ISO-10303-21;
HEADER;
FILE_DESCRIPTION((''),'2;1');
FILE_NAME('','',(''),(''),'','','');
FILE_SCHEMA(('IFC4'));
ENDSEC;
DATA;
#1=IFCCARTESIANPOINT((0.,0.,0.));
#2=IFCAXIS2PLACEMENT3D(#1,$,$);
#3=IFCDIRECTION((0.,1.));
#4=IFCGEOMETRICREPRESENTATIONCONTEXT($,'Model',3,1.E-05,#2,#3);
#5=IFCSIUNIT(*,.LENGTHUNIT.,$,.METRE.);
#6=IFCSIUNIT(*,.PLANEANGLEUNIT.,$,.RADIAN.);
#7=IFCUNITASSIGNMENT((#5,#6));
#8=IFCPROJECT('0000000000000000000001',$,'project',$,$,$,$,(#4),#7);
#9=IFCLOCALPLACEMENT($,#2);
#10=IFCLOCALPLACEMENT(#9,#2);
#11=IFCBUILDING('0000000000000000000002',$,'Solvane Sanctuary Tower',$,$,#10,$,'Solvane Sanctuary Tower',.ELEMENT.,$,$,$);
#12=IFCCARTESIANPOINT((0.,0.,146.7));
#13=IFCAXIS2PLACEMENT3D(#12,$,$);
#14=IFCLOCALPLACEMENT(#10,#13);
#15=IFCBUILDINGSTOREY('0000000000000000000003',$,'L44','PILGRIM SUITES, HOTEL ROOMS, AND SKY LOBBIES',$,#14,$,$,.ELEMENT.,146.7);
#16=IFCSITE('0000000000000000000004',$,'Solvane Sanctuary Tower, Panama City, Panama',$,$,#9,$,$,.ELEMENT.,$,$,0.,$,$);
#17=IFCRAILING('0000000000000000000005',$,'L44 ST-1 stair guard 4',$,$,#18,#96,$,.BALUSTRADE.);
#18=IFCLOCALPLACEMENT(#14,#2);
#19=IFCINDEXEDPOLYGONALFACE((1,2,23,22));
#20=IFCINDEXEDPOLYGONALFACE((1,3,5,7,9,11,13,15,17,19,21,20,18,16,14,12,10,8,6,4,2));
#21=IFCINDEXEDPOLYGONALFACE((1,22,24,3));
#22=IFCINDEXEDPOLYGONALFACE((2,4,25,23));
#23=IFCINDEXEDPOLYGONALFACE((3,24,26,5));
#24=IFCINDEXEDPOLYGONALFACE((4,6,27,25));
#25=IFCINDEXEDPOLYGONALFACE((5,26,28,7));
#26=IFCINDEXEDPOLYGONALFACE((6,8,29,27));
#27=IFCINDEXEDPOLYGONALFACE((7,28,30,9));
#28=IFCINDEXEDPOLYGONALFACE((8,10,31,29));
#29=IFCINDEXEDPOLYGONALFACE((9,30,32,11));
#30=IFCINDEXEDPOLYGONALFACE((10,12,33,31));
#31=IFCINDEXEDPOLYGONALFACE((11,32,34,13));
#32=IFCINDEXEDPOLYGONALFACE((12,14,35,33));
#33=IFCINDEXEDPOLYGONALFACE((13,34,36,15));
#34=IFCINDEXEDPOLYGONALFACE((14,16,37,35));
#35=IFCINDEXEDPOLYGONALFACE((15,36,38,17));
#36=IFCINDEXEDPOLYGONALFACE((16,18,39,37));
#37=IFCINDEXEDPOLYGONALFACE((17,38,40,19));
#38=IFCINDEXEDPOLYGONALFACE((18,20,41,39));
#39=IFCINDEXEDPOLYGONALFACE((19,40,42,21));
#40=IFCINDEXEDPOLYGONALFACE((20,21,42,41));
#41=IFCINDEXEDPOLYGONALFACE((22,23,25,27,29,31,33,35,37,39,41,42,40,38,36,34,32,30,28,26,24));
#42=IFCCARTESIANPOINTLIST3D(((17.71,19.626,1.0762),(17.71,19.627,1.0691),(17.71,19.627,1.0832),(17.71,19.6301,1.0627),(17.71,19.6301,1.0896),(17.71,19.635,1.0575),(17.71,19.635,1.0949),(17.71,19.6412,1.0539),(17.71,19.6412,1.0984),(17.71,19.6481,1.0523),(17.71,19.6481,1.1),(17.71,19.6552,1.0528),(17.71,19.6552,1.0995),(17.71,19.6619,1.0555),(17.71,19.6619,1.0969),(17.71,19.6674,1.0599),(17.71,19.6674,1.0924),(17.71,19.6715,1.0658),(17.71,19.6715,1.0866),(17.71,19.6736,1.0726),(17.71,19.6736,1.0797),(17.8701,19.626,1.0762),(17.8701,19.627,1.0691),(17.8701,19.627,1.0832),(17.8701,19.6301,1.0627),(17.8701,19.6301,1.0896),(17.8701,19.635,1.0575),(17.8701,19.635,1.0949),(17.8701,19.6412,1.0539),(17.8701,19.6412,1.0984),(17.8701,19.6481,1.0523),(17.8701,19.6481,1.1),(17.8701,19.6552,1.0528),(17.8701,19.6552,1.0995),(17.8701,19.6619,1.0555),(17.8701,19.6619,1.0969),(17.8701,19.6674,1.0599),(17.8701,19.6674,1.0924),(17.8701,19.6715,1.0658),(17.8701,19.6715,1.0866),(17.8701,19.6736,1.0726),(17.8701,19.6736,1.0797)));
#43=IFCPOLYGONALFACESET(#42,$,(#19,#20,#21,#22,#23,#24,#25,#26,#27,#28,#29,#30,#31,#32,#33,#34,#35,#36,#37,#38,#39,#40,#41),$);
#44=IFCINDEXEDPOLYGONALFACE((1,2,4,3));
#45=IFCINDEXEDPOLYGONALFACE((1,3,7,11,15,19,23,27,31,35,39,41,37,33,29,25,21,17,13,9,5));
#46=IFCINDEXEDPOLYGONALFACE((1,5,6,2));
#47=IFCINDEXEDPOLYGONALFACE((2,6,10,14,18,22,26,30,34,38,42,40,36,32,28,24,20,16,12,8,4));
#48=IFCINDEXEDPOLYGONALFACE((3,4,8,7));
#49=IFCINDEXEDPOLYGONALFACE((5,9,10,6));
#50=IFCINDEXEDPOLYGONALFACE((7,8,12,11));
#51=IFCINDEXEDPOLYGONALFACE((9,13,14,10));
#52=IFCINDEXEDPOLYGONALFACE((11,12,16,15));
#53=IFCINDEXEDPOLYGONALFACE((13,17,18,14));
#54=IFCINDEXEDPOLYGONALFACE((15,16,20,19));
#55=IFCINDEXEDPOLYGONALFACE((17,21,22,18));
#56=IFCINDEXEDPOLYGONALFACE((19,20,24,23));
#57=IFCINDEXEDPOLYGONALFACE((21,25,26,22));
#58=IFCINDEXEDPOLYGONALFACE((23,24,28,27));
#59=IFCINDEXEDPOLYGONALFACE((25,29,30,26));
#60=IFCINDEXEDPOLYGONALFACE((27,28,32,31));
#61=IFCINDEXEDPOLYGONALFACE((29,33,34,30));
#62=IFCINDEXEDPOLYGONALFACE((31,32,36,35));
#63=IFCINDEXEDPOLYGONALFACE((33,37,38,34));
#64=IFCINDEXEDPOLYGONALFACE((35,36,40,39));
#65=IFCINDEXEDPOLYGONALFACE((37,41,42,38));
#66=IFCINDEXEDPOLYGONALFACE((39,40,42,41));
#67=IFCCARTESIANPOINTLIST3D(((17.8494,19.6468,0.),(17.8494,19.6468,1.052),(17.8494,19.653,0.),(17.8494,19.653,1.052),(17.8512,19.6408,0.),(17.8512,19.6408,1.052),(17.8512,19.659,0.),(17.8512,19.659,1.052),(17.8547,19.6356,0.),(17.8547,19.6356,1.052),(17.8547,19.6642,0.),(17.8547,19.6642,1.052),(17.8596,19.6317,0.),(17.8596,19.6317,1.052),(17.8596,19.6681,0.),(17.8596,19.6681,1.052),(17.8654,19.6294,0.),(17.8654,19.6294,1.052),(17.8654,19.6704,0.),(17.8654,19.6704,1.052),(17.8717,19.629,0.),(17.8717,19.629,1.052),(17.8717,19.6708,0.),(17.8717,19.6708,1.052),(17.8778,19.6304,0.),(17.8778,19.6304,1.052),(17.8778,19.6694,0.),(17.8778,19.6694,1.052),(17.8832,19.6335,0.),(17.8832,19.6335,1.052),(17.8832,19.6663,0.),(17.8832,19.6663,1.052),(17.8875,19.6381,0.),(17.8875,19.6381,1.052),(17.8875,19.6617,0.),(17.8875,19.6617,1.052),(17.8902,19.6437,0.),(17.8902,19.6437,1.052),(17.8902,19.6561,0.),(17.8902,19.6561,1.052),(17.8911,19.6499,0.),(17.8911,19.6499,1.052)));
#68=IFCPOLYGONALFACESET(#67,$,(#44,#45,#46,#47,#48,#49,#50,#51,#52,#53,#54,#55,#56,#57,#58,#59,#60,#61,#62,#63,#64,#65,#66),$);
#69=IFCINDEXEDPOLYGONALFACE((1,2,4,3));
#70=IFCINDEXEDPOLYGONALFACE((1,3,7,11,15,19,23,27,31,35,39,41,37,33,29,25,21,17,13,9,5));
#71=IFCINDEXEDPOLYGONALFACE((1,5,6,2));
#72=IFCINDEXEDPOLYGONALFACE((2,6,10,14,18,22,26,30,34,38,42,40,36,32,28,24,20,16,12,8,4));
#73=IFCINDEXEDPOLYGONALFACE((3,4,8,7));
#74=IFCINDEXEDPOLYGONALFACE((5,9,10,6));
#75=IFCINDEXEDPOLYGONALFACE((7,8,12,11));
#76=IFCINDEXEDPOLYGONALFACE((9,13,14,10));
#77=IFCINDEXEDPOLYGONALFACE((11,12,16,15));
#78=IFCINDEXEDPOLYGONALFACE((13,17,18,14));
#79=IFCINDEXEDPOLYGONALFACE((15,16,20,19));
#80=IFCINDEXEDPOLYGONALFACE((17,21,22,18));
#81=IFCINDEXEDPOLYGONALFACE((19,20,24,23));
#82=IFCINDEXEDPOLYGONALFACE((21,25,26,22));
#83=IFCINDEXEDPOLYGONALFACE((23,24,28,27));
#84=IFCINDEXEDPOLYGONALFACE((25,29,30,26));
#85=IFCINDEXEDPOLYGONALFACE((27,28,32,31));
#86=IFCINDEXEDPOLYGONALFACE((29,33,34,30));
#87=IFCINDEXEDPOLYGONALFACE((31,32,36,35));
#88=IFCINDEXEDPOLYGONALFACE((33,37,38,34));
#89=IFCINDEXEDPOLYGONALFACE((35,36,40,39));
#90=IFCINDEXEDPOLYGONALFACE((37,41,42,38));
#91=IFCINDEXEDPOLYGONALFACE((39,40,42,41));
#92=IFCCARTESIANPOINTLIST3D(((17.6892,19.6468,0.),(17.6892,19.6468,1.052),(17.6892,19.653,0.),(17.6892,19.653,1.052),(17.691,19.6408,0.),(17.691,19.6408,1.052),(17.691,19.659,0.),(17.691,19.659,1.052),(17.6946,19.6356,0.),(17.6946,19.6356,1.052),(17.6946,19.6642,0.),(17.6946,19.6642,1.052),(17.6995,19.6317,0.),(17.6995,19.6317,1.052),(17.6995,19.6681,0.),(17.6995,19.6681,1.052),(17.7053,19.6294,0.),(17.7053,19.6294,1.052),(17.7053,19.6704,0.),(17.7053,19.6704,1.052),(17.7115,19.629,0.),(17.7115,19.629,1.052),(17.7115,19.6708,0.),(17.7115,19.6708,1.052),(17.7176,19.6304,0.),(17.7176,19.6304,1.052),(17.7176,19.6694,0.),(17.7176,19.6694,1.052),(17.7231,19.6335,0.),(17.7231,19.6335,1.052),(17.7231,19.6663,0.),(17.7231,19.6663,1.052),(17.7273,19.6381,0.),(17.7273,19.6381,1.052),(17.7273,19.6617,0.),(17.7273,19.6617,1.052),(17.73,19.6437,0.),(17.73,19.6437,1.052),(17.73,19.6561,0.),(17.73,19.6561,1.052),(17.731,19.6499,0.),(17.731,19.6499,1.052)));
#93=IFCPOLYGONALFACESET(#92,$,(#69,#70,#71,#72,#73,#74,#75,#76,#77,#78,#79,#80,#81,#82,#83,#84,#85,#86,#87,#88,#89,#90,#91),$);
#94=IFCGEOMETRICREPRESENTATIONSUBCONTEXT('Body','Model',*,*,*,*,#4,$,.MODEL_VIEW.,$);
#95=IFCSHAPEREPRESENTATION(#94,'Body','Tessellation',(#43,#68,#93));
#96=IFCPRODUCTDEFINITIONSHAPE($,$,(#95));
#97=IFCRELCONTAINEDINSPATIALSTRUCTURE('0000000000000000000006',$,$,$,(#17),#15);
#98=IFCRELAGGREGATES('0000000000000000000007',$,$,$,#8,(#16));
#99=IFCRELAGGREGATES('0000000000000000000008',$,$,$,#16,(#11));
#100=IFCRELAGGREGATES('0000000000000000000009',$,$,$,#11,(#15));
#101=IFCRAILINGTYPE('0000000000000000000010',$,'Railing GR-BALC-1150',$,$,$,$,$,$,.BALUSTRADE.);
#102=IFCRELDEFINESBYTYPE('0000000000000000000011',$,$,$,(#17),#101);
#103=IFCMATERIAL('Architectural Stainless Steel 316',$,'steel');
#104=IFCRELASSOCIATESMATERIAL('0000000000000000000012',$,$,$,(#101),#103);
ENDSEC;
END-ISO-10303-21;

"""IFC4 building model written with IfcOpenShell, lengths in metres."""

from ifc_helpers import new_model, si_unit, direction, frame, origin, origin_2d, place, context, subcontext, project, spatial, circle, extrude, material, type_object, element, save


model = new_model("IFC4")

# Units and contexts
model_context = context("Model", 3, precision=1e-05, world=origin(), true_north=direction((0.0, 1.0)))
body_context = subcontext(model_context, "Body", "Model", "MODEL_VIEW")
ifc_project = project(units=[si_unit("LENGTHUNIT", "METRE"), si_unit("PLANEANGLEUNIT", "RADIAN")], contexts=[model_context])

# Site, building, storey
site_placement = place(None, origin())
site = spatial("IfcSite", under=ifc_project, at=site_placement, Name="Solvane Sanctuary Tower, Panama City, Panama", CompositionType="ELEMENT", RefElevation=0.0)
building_placement = place(site_placement, origin())
building = spatial("IfcBuilding", under=site, at=building_placement, Name="Solvane Sanctuary Tower", LongName="Solvane Sanctuary Tower", CompositionType="ELEMENT")
storey_placement = place(building_placement, frame((0.0, 0.0, 146.7)))
storey = spatial("IfcBuildingStorey", under=building, at=storey_placement, Name="L44", Description="PILGRIM SUITES, HOTEL ROOMS, AND SKY LOBBIES", CompositionType="ELEMENT", Elevation=146.7)

# Shared definitions
ifc_material_1 = material(Name="Architectural Stainless Steel 316", Category="steel")

# Railing
railing_type_1 = type_object("IfcRailingType", Name="Railing GR-BALC-1150", PredefinedType="BALUSTRADE", material=ifc_material_1)
railing_1_placement = place(storey_placement, frame((17.8701, 19.6499, 0.0)))
element("IfcRailing", 1, at=railing_1_placement, inside=storey, type_object=railing_type_1, Name="L44 ST-1 stair guard 4", PredefinedType="BALUSTRADE", context=body_context, shape_type="SweptSolid", body=[
    extrude(circle(Radius=0.0239, at=origin_2d()), frame((0.0, 0.0, 1.0762), z_axis=(-1.0, 0.0, 0.0), x_axis=(0.0, -1.0, 0.0)), (0.0, 0.0, 1.0), 0.1602),
    extrude(circle(Radius=0.021, at=origin_2d()), origin(), (0.0, 0.0, 1.0), 1.052),
    extrude(circle(Radius=0.021, at=origin_2d()), frame((-0.1602, 0.0, 0.0)), (0.0, 0.0, 1.0), 1.052),
])

save(model, "model.ifc")
